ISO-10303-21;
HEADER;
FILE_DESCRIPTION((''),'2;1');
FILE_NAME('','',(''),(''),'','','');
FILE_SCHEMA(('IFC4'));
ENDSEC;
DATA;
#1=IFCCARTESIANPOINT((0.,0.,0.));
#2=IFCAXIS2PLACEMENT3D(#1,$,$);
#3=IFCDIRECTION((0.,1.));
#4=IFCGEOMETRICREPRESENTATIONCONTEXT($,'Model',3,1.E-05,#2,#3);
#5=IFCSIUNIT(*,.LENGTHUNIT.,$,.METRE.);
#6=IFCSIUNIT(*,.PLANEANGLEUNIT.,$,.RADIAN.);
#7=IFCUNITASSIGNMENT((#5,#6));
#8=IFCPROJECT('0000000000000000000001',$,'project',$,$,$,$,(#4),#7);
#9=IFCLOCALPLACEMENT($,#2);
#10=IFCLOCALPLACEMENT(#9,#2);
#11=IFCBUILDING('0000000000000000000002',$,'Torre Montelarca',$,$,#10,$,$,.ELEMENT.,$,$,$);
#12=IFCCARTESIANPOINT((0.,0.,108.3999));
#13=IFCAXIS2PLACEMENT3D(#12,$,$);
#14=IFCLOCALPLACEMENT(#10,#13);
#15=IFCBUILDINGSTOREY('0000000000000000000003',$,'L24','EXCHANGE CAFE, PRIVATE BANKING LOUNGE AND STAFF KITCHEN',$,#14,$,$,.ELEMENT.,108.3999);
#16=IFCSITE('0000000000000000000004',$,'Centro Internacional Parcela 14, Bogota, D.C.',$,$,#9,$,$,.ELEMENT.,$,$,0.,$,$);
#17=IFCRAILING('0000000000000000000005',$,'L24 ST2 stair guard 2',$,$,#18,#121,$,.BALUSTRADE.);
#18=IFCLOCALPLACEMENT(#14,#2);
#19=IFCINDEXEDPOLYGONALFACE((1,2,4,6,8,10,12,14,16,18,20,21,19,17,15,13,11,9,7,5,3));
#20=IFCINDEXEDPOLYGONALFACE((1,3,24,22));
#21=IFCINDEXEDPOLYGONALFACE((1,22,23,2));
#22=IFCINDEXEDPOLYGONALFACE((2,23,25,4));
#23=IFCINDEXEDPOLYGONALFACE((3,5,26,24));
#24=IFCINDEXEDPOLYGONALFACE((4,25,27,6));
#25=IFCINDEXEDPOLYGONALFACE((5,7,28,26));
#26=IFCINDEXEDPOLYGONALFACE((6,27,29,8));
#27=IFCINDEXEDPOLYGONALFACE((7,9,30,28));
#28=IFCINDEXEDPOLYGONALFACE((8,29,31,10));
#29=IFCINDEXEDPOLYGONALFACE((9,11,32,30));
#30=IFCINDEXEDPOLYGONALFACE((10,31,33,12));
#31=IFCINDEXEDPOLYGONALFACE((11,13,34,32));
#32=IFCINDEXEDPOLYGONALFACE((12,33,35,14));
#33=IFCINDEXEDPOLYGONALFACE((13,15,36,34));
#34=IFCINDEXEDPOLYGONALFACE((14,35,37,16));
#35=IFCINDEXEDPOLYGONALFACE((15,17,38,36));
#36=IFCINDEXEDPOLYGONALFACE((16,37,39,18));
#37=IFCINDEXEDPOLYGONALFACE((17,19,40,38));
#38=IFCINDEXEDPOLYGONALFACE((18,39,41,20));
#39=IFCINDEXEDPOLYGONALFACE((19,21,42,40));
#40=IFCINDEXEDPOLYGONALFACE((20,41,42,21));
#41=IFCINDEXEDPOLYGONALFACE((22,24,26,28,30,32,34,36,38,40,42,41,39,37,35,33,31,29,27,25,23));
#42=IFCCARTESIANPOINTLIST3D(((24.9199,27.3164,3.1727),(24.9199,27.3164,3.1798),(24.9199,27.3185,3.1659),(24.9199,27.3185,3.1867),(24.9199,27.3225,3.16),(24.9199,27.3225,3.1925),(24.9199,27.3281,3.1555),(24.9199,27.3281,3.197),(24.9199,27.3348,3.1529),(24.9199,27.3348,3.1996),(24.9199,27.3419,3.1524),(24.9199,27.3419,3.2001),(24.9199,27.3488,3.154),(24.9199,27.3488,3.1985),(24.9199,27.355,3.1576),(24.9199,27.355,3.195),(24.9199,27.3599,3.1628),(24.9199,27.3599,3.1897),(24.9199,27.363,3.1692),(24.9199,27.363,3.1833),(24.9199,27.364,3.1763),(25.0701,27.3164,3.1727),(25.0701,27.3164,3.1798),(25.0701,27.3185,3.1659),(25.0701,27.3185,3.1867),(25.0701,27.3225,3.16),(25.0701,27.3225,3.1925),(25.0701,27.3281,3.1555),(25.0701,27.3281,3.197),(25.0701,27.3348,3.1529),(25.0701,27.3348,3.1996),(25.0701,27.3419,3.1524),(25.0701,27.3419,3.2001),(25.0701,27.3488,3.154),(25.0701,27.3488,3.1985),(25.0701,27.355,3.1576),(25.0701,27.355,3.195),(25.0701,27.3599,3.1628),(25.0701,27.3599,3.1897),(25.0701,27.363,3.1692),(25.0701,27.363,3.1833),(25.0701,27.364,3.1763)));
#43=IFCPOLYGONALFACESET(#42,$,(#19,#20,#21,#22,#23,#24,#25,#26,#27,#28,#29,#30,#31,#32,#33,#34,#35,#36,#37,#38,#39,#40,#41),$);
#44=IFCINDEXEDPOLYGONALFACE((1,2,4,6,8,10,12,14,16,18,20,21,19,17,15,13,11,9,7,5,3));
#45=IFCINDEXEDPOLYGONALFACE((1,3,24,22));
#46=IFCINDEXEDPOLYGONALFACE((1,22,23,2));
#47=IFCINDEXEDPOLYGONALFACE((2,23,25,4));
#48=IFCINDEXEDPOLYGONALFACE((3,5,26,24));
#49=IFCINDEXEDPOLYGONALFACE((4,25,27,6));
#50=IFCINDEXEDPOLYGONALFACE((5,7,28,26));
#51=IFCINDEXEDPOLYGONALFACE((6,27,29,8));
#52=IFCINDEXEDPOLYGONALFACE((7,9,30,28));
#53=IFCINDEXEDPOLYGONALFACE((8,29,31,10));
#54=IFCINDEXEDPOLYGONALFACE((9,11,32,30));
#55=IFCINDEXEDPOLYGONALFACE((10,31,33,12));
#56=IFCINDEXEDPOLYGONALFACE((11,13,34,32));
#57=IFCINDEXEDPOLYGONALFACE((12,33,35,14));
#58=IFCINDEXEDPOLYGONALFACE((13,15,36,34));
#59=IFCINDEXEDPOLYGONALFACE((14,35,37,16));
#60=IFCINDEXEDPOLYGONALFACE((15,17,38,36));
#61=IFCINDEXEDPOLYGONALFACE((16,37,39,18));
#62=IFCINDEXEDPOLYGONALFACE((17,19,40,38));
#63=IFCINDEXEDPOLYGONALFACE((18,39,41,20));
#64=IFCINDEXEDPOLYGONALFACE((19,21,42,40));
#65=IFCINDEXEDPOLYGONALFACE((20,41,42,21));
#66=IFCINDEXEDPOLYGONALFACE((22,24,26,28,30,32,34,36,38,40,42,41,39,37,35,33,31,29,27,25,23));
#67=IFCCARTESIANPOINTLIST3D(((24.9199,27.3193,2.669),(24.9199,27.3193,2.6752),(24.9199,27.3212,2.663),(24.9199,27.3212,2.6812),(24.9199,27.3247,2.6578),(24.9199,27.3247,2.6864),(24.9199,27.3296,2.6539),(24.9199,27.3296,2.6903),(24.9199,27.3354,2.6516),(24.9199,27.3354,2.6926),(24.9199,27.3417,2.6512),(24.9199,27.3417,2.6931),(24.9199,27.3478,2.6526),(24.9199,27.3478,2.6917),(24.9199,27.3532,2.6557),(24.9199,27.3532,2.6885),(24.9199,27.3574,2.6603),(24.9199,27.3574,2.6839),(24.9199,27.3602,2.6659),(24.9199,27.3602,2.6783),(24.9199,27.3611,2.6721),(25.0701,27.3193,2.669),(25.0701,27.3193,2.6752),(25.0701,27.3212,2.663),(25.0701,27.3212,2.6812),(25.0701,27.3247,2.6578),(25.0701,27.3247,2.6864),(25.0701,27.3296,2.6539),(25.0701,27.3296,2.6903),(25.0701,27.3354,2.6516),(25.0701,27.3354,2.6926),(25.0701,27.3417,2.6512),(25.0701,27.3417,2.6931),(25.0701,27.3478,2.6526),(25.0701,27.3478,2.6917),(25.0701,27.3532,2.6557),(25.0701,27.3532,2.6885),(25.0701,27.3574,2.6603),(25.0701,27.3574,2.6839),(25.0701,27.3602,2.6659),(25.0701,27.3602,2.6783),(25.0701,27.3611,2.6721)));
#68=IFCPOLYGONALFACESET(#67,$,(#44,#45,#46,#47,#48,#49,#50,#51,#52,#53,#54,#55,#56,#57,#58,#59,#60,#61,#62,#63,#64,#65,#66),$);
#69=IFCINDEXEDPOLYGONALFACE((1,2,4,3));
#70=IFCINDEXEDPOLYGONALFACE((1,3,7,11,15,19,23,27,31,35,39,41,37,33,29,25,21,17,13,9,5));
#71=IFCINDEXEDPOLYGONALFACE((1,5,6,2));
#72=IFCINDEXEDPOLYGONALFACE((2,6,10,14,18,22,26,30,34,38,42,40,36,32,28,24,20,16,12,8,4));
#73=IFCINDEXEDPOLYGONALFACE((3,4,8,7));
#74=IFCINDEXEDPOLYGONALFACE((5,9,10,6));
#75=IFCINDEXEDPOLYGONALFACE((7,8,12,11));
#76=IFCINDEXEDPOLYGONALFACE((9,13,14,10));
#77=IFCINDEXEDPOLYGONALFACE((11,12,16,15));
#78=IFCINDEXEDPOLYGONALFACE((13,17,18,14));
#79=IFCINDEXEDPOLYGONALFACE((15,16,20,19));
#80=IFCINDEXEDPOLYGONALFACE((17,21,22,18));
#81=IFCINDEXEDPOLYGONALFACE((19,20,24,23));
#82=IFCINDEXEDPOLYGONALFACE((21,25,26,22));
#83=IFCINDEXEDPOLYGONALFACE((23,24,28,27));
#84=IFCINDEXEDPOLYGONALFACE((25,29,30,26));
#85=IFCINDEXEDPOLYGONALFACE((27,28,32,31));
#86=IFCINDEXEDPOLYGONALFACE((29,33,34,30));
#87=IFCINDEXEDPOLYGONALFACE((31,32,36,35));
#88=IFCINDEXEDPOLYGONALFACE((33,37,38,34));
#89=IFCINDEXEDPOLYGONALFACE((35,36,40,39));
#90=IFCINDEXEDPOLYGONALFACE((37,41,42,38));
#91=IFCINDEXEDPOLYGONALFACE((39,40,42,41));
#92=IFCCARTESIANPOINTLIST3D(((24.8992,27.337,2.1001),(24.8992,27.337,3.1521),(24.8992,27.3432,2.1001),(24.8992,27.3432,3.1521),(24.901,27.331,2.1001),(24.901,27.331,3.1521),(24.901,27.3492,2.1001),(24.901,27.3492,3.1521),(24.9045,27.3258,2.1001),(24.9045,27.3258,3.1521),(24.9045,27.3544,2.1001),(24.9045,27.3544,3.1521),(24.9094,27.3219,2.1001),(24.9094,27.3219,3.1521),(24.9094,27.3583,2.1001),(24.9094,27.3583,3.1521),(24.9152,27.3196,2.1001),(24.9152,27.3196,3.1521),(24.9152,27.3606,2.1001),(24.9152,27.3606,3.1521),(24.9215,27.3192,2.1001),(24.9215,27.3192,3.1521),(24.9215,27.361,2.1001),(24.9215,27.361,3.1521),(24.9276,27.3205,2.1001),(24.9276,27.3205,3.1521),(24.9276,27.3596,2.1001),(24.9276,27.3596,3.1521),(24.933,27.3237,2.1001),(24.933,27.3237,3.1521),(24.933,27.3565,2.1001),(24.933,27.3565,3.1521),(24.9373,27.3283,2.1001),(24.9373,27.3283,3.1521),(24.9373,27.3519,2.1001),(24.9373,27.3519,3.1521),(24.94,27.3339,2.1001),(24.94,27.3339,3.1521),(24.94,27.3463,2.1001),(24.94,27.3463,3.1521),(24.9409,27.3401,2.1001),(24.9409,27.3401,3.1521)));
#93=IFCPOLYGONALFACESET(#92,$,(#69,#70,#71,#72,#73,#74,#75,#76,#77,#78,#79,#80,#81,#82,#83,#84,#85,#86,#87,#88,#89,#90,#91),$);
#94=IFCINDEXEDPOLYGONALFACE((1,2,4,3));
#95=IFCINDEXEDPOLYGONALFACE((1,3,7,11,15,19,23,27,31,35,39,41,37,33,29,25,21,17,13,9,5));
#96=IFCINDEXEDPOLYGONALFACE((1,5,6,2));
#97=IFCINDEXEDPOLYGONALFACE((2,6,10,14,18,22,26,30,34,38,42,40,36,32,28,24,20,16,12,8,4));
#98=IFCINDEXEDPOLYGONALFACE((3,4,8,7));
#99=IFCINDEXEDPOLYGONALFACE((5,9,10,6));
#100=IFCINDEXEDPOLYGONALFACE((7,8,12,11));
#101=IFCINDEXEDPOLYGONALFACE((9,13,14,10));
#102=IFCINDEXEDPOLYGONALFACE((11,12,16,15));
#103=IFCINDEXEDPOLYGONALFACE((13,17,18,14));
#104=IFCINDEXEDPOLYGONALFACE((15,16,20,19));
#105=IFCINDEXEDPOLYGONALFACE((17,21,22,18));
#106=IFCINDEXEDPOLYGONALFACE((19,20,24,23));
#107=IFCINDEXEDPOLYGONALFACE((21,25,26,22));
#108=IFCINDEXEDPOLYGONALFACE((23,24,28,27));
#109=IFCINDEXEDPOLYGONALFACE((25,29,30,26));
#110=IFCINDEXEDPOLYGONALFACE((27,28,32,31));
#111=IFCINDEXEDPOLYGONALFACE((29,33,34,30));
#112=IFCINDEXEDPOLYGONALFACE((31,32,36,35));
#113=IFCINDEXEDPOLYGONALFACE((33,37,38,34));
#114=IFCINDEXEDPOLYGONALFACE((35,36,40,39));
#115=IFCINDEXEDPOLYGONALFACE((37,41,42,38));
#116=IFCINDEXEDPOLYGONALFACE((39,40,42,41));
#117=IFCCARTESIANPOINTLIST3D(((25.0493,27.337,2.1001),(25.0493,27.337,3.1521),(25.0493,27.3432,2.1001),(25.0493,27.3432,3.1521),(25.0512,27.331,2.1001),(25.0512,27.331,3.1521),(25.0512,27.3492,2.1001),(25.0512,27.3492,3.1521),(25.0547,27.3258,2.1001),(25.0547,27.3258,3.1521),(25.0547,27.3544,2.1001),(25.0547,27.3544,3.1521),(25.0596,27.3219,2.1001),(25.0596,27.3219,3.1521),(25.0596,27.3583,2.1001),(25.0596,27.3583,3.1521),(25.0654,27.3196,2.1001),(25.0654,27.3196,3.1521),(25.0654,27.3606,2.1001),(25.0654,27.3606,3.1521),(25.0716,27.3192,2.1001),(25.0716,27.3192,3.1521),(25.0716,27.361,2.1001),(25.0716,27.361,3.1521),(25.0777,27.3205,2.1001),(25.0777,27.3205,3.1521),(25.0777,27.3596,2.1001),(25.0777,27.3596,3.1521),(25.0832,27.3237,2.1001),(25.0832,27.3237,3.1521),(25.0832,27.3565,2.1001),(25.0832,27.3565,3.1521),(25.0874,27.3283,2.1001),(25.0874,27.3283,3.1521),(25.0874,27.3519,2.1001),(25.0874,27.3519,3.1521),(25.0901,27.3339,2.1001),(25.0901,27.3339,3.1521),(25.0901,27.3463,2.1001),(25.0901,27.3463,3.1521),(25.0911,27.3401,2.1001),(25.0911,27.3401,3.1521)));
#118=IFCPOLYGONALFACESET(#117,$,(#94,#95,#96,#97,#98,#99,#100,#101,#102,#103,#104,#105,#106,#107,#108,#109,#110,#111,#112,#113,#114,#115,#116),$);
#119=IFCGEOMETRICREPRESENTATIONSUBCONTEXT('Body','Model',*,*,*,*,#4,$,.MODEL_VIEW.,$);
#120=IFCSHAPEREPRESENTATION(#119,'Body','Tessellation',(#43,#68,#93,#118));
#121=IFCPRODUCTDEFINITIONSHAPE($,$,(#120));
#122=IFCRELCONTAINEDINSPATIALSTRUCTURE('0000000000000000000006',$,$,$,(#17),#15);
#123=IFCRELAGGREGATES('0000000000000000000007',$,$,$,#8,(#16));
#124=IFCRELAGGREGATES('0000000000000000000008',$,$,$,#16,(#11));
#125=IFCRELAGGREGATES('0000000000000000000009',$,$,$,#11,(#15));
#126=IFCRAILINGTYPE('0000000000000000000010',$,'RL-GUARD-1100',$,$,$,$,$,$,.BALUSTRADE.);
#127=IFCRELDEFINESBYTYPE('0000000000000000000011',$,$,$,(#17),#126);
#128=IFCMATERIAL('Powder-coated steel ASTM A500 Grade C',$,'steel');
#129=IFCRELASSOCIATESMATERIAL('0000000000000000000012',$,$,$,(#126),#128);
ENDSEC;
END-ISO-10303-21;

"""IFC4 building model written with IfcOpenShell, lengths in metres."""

from ifc_helpers import new_model, si_unit, direction, frame, origin, origin_2d, place, context, subcontext, project, spatial, circle, extrude, material, type_object, element, save


model = new_model("IFC4")

# Units and contexts
model_context = context("Model", 3, precision=1e-05, world=origin(), true_north=direction((0.0, 1.0)))
body_context = subcontext(model_context, "Body", "Model", "MODEL_VIEW")
ifc_project = project(units=[si_unit("LENGTHUNIT", "METRE"), si_unit("PLANEANGLEUNIT", "RADIAN")], contexts=[model_context])

# Site, building, storey
site_placement = place(None, origin())
site = spatial("IfcSite", under=ifc_project, at=site_placement, Name="Centro Internacional Parcela 14, Bogota, D.C.", CompositionType="ELEMENT", RefElevation=0.0)
building_placement = place(site_placement, origin())
building = spatial("IfcBuilding", under=site, at=building_placement, Name="Torre Montelarca", CompositionType="ELEMENT")
storey_placement = place(building_placement, frame((0.0, 0.0, 108.3999)))
storey = spatial("IfcBuildingStorey", under=building, at=storey_placement, Name="L24", Description="EXCHANGE CAFE, PRIVATE BANKING LOUNGE AND STAFF KITCHEN", CompositionType="ELEMENT", Elevation=108.3999)

# Railing
ifc_material_1 = material(Name="Powder-coated steel ASTM A500 Grade C", Category="steel")
railing_type_1 = type_object("IfcRailingType", Name="RL-GUARD-1100", PredefinedType="BALUSTRADE", material=ifc_material_1)
railing_1_placement = place(storey_placement, frame((24.9199, 27.3401, 2.1001)))
element("IfcRailing", 1, at=railing_1_placement, inside=storey, type_object=railing_type_1, Name="L24 ST2 stair guard 2", PredefinedType="BALUSTRADE", context=body_context, shape_type="SweptSolid", body=[
    extrude(circle(Radius=0.0239, at=origin_2d()), frame((0.0, 0.0, 1.0762), z_axis=(1.0, 0.0, 0.0), x_axis=(0.0, 1.0, 0.0)), (0.0, 0.0, 1.0), 0.1501),
    extrude(circle(Radius=0.021, at=origin_2d()), frame((0.0, 0.0, 0.572), z_axis=(1.0, 0.0, 0.0), x_axis=(0.0, 1.0, 0.0)), (0.0, 0.0, 1.0), 0.1501),
    extrude(circle(Radius=0.021, at=origin_2d()), origin(), (0.0, 0.0, 1.0), 1.052),
    extrude(circle(Radius=0.021, at=origin_2d()), frame((0.1501, 0.0, 0.0)), (0.0, 0.0, 1.0), 1.052),
])

save(model, "model.ifc")
